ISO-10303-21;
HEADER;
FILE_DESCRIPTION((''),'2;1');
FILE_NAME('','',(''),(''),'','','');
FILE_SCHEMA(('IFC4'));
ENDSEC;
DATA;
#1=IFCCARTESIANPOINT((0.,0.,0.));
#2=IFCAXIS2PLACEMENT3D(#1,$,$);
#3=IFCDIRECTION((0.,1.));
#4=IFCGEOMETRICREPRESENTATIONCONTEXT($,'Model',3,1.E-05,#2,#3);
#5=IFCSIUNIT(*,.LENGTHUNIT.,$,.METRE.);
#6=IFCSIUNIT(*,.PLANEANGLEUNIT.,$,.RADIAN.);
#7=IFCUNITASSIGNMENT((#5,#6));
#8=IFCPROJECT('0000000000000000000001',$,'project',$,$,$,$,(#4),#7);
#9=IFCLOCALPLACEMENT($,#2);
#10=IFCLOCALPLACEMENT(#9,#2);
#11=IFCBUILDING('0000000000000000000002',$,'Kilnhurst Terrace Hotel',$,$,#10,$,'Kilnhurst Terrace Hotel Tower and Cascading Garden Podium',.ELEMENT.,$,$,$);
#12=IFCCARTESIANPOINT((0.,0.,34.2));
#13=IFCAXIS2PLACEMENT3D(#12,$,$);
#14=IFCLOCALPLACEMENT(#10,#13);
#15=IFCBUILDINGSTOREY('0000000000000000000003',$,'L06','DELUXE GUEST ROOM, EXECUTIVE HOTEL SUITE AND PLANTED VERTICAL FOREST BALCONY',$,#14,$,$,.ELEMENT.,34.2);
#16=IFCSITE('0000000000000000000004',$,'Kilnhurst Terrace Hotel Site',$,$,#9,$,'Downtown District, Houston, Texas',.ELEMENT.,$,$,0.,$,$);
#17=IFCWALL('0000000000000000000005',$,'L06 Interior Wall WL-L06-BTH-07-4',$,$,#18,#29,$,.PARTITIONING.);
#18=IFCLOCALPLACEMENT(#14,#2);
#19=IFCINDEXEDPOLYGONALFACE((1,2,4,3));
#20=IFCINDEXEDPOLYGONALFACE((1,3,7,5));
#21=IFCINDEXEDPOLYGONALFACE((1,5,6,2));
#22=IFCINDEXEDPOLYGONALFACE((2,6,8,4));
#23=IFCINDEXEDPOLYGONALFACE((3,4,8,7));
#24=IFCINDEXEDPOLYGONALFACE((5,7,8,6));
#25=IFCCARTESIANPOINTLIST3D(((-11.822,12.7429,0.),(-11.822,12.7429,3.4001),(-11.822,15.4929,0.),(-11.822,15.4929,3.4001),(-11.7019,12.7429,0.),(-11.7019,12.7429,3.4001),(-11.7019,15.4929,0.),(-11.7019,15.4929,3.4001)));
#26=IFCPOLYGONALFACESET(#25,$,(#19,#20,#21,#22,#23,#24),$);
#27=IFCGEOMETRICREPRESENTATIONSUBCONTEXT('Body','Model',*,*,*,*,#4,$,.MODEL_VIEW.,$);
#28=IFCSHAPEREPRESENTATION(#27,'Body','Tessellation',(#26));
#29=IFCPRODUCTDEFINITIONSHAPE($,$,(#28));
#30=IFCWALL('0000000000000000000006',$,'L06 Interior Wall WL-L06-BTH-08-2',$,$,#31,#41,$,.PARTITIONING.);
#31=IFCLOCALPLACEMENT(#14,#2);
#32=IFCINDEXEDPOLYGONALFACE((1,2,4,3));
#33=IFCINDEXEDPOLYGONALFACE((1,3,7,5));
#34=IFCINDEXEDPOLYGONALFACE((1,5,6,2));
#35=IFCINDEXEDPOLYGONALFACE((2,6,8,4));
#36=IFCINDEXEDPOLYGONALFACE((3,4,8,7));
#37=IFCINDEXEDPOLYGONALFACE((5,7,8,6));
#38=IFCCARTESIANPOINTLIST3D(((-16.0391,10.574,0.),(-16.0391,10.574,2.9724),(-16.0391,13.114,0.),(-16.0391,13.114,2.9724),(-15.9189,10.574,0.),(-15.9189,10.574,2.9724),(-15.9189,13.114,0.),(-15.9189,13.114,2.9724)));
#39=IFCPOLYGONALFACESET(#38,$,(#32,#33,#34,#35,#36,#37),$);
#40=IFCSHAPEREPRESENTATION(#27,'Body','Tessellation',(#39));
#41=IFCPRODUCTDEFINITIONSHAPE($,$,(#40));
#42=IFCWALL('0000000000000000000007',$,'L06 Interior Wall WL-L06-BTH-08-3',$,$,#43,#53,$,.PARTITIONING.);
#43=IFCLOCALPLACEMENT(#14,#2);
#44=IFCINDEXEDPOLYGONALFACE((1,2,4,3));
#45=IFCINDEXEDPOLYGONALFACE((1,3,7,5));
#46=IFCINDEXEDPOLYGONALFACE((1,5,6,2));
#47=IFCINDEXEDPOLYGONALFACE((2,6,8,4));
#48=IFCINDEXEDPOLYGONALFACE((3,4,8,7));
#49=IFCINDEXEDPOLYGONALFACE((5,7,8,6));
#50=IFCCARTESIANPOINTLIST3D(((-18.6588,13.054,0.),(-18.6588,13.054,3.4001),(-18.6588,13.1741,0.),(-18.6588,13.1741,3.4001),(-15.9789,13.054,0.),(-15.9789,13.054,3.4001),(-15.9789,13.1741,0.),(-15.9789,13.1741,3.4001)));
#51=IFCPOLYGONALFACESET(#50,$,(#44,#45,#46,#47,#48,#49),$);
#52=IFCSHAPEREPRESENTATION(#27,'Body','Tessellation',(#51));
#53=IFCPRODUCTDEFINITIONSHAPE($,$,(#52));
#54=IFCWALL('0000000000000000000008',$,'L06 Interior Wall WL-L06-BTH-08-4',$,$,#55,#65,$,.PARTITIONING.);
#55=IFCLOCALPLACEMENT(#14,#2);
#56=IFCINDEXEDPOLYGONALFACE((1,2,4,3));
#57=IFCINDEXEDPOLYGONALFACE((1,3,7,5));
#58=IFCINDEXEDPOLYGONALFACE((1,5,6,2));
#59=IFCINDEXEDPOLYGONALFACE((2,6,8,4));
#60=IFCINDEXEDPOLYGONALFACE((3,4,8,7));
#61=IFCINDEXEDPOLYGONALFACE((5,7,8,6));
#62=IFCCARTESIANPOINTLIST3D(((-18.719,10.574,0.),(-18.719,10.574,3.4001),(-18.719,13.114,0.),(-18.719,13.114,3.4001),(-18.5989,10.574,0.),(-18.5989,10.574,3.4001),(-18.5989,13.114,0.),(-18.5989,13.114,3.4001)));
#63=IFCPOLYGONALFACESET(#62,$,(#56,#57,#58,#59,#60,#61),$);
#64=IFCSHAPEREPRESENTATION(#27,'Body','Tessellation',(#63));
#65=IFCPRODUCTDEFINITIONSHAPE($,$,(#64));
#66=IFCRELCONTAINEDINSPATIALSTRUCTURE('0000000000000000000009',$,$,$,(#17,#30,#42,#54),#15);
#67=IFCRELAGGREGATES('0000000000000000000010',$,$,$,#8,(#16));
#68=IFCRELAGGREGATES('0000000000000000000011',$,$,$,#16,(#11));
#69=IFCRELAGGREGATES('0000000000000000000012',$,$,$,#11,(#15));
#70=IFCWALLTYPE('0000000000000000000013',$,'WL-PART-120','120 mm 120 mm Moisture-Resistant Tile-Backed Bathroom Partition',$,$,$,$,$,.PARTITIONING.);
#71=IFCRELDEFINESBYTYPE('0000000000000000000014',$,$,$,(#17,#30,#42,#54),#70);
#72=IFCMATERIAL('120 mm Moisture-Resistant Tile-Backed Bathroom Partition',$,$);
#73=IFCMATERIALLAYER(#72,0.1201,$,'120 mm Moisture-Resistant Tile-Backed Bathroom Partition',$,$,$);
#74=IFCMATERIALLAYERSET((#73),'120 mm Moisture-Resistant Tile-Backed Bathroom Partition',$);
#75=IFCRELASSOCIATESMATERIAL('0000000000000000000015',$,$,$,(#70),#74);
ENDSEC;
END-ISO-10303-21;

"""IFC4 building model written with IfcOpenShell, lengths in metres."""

from ifc_helpers import new_model, si_unit, direction, frame, frame_2d, origin, place, context, subcontext, project, spatial, rectangle, extrude, material, layer, layer_set, type_object, element, save


model = new_model("IFC4")

# Units and contexts
model_context = context("Model", 3, precision=1e-05, world=origin(), true_north=direction((0.0, 1.0)))
body_context = subcontext(model_context, "Body", "Model", "MODEL_VIEW")
ifc_project = project(units=[si_unit("LENGTHUNIT", "METRE"), si_unit("PLANEANGLEUNIT", "RADIAN")], contexts=[model_context])

# Site, building, storey
site_placement = place(None, origin())
site = spatial("IfcSite", under=ifc_project, at=site_placement, Name="Kilnhurst Terrace Hotel Site", LongName="Downtown District, Houston, Texas", CompositionType="ELEMENT", RefElevation=0.0)
building_placement = place(site_placement, origin())
building = spatial("IfcBuilding", under=site, at=building_placement, Name="Kilnhurst Terrace Hotel", LongName="Kilnhurst Terrace Hotel Tower and Cascading Garden Podium", CompositionType="ELEMENT")
storey_placement = place(building_placement, frame((0.0, 0.0, 34.2)))
storey = spatial("IfcBuildingStorey", under=building, at=storey_placement, Name="L06", Description="DELUXE GUEST ROOM, EXECUTIVE HOTEL SUITE AND PLANTED VERTICAL FOREST BALCONY", CompositionType="ELEMENT", Elevation=34.2)

# Shared definitions
ifc_material_1 = material(Name="120 mm Moisture-Resistant Tile-Backed Bathroom Partition")
ifc_layer_1 = layer(ifc_material_1, 0.1201, Name="120 mm Moisture-Resistant Tile-Backed Bathroom Partition")
ifc_layer_set_1 = layer_set([ifc_layer_1], Name="120 mm Moisture-Resistant Tile-Backed Bathroom Partition")
wall_type_1 = type_object("IfcWallType", Name="WL-PART-120", Description="120 mm 120 mm Moisture-Resistant Tile-Backed Bathroom Partition", PredefinedType="PARTITIONING", material=ifc_layer_set_1)

# Walls
wall_1_placement = place(storey_placement, frame((-11.762, 15.4929, 0.0), z_axis=(0.0, 0.0, 1.0), x_axis=(0.0, -1.0, 0.0)))
element("IfcWall", 1, at=wall_1_placement, inside=storey, type_object=wall_type_1, Name="L06 Interior Wall WL-L06-BTH-07-4", PredefinedType="PARTITIONING", context=body_context, shape_type="SweptSolid", body=[
    extrude(rectangle(XDim=2.75, YDim=0.1201, at=frame_2d((1.375, 0.0))), origin(), (0.0, 0.0, 1.0), 3.4001),
])
wall_2_placement = place(storey_placement, frame((-15.979, 10.574, 0.0), z_axis=(0.0, 0.0, 1.0), x_axis=(0.0, 1.0, 0.0)))
element("IfcWall", 2, at=wall_2_placement, inside=storey, type_object=wall_type_1, Name="L06 Interior Wall WL-L06-BTH-08-2", PredefinedType="PARTITIONING", context=body_context, shape_type="SweptSolid", body=[
    extrude(rectangle(XDim=2.54, YDim=0.1201, at=frame_2d((1.27, 0.0))), origin(), (0.0, 0.0, 1.0), 2.9724),
])
wall_3_placement = place(storey_placement, frame((-15.979, 13.114, 0.0), z_axis=(0.0, 0.0, 1.0), x_axis=(-1.0, 0.0, 0.0)))
element("IfcWall", 3, at=wall_3_placement, inside=storey, type_object=wall_type_1, Name="L06 Interior Wall WL-L06-BTH-08-3", PredefinedType="PARTITIONING", context=body_context, shape_type="SweptSolid", body=[
    extrude(rectangle(XDim=2.6799, YDim=0.1201, at=frame_2d((1.3398, 0.0))), origin(), (0.0, 0.0, 1.0), 3.4001),
])
wall_4_placement = place(storey_placement, frame((-18.6589, 13.114, 0.0), z_axis=(0.0, 0.0, 1.0), x_axis=(0.0, -1.0, 0.0)))
element("IfcWall", 4, at=wall_4_placement, inside=storey, type_object=wall_type_1, Name="L06 Interior Wall WL-L06-BTH-08-4", PredefinedType="PARTITIONING", context=body_context, shape_type="SweptSolid", body=[
    extrude(rectangle(XDim=2.54, YDim=0.1201, at=frame_2d((1.27, 0.0))), origin(), (0.0, 0.0, 1.0), 3.4001),
])

save(model, "model.ifc")
